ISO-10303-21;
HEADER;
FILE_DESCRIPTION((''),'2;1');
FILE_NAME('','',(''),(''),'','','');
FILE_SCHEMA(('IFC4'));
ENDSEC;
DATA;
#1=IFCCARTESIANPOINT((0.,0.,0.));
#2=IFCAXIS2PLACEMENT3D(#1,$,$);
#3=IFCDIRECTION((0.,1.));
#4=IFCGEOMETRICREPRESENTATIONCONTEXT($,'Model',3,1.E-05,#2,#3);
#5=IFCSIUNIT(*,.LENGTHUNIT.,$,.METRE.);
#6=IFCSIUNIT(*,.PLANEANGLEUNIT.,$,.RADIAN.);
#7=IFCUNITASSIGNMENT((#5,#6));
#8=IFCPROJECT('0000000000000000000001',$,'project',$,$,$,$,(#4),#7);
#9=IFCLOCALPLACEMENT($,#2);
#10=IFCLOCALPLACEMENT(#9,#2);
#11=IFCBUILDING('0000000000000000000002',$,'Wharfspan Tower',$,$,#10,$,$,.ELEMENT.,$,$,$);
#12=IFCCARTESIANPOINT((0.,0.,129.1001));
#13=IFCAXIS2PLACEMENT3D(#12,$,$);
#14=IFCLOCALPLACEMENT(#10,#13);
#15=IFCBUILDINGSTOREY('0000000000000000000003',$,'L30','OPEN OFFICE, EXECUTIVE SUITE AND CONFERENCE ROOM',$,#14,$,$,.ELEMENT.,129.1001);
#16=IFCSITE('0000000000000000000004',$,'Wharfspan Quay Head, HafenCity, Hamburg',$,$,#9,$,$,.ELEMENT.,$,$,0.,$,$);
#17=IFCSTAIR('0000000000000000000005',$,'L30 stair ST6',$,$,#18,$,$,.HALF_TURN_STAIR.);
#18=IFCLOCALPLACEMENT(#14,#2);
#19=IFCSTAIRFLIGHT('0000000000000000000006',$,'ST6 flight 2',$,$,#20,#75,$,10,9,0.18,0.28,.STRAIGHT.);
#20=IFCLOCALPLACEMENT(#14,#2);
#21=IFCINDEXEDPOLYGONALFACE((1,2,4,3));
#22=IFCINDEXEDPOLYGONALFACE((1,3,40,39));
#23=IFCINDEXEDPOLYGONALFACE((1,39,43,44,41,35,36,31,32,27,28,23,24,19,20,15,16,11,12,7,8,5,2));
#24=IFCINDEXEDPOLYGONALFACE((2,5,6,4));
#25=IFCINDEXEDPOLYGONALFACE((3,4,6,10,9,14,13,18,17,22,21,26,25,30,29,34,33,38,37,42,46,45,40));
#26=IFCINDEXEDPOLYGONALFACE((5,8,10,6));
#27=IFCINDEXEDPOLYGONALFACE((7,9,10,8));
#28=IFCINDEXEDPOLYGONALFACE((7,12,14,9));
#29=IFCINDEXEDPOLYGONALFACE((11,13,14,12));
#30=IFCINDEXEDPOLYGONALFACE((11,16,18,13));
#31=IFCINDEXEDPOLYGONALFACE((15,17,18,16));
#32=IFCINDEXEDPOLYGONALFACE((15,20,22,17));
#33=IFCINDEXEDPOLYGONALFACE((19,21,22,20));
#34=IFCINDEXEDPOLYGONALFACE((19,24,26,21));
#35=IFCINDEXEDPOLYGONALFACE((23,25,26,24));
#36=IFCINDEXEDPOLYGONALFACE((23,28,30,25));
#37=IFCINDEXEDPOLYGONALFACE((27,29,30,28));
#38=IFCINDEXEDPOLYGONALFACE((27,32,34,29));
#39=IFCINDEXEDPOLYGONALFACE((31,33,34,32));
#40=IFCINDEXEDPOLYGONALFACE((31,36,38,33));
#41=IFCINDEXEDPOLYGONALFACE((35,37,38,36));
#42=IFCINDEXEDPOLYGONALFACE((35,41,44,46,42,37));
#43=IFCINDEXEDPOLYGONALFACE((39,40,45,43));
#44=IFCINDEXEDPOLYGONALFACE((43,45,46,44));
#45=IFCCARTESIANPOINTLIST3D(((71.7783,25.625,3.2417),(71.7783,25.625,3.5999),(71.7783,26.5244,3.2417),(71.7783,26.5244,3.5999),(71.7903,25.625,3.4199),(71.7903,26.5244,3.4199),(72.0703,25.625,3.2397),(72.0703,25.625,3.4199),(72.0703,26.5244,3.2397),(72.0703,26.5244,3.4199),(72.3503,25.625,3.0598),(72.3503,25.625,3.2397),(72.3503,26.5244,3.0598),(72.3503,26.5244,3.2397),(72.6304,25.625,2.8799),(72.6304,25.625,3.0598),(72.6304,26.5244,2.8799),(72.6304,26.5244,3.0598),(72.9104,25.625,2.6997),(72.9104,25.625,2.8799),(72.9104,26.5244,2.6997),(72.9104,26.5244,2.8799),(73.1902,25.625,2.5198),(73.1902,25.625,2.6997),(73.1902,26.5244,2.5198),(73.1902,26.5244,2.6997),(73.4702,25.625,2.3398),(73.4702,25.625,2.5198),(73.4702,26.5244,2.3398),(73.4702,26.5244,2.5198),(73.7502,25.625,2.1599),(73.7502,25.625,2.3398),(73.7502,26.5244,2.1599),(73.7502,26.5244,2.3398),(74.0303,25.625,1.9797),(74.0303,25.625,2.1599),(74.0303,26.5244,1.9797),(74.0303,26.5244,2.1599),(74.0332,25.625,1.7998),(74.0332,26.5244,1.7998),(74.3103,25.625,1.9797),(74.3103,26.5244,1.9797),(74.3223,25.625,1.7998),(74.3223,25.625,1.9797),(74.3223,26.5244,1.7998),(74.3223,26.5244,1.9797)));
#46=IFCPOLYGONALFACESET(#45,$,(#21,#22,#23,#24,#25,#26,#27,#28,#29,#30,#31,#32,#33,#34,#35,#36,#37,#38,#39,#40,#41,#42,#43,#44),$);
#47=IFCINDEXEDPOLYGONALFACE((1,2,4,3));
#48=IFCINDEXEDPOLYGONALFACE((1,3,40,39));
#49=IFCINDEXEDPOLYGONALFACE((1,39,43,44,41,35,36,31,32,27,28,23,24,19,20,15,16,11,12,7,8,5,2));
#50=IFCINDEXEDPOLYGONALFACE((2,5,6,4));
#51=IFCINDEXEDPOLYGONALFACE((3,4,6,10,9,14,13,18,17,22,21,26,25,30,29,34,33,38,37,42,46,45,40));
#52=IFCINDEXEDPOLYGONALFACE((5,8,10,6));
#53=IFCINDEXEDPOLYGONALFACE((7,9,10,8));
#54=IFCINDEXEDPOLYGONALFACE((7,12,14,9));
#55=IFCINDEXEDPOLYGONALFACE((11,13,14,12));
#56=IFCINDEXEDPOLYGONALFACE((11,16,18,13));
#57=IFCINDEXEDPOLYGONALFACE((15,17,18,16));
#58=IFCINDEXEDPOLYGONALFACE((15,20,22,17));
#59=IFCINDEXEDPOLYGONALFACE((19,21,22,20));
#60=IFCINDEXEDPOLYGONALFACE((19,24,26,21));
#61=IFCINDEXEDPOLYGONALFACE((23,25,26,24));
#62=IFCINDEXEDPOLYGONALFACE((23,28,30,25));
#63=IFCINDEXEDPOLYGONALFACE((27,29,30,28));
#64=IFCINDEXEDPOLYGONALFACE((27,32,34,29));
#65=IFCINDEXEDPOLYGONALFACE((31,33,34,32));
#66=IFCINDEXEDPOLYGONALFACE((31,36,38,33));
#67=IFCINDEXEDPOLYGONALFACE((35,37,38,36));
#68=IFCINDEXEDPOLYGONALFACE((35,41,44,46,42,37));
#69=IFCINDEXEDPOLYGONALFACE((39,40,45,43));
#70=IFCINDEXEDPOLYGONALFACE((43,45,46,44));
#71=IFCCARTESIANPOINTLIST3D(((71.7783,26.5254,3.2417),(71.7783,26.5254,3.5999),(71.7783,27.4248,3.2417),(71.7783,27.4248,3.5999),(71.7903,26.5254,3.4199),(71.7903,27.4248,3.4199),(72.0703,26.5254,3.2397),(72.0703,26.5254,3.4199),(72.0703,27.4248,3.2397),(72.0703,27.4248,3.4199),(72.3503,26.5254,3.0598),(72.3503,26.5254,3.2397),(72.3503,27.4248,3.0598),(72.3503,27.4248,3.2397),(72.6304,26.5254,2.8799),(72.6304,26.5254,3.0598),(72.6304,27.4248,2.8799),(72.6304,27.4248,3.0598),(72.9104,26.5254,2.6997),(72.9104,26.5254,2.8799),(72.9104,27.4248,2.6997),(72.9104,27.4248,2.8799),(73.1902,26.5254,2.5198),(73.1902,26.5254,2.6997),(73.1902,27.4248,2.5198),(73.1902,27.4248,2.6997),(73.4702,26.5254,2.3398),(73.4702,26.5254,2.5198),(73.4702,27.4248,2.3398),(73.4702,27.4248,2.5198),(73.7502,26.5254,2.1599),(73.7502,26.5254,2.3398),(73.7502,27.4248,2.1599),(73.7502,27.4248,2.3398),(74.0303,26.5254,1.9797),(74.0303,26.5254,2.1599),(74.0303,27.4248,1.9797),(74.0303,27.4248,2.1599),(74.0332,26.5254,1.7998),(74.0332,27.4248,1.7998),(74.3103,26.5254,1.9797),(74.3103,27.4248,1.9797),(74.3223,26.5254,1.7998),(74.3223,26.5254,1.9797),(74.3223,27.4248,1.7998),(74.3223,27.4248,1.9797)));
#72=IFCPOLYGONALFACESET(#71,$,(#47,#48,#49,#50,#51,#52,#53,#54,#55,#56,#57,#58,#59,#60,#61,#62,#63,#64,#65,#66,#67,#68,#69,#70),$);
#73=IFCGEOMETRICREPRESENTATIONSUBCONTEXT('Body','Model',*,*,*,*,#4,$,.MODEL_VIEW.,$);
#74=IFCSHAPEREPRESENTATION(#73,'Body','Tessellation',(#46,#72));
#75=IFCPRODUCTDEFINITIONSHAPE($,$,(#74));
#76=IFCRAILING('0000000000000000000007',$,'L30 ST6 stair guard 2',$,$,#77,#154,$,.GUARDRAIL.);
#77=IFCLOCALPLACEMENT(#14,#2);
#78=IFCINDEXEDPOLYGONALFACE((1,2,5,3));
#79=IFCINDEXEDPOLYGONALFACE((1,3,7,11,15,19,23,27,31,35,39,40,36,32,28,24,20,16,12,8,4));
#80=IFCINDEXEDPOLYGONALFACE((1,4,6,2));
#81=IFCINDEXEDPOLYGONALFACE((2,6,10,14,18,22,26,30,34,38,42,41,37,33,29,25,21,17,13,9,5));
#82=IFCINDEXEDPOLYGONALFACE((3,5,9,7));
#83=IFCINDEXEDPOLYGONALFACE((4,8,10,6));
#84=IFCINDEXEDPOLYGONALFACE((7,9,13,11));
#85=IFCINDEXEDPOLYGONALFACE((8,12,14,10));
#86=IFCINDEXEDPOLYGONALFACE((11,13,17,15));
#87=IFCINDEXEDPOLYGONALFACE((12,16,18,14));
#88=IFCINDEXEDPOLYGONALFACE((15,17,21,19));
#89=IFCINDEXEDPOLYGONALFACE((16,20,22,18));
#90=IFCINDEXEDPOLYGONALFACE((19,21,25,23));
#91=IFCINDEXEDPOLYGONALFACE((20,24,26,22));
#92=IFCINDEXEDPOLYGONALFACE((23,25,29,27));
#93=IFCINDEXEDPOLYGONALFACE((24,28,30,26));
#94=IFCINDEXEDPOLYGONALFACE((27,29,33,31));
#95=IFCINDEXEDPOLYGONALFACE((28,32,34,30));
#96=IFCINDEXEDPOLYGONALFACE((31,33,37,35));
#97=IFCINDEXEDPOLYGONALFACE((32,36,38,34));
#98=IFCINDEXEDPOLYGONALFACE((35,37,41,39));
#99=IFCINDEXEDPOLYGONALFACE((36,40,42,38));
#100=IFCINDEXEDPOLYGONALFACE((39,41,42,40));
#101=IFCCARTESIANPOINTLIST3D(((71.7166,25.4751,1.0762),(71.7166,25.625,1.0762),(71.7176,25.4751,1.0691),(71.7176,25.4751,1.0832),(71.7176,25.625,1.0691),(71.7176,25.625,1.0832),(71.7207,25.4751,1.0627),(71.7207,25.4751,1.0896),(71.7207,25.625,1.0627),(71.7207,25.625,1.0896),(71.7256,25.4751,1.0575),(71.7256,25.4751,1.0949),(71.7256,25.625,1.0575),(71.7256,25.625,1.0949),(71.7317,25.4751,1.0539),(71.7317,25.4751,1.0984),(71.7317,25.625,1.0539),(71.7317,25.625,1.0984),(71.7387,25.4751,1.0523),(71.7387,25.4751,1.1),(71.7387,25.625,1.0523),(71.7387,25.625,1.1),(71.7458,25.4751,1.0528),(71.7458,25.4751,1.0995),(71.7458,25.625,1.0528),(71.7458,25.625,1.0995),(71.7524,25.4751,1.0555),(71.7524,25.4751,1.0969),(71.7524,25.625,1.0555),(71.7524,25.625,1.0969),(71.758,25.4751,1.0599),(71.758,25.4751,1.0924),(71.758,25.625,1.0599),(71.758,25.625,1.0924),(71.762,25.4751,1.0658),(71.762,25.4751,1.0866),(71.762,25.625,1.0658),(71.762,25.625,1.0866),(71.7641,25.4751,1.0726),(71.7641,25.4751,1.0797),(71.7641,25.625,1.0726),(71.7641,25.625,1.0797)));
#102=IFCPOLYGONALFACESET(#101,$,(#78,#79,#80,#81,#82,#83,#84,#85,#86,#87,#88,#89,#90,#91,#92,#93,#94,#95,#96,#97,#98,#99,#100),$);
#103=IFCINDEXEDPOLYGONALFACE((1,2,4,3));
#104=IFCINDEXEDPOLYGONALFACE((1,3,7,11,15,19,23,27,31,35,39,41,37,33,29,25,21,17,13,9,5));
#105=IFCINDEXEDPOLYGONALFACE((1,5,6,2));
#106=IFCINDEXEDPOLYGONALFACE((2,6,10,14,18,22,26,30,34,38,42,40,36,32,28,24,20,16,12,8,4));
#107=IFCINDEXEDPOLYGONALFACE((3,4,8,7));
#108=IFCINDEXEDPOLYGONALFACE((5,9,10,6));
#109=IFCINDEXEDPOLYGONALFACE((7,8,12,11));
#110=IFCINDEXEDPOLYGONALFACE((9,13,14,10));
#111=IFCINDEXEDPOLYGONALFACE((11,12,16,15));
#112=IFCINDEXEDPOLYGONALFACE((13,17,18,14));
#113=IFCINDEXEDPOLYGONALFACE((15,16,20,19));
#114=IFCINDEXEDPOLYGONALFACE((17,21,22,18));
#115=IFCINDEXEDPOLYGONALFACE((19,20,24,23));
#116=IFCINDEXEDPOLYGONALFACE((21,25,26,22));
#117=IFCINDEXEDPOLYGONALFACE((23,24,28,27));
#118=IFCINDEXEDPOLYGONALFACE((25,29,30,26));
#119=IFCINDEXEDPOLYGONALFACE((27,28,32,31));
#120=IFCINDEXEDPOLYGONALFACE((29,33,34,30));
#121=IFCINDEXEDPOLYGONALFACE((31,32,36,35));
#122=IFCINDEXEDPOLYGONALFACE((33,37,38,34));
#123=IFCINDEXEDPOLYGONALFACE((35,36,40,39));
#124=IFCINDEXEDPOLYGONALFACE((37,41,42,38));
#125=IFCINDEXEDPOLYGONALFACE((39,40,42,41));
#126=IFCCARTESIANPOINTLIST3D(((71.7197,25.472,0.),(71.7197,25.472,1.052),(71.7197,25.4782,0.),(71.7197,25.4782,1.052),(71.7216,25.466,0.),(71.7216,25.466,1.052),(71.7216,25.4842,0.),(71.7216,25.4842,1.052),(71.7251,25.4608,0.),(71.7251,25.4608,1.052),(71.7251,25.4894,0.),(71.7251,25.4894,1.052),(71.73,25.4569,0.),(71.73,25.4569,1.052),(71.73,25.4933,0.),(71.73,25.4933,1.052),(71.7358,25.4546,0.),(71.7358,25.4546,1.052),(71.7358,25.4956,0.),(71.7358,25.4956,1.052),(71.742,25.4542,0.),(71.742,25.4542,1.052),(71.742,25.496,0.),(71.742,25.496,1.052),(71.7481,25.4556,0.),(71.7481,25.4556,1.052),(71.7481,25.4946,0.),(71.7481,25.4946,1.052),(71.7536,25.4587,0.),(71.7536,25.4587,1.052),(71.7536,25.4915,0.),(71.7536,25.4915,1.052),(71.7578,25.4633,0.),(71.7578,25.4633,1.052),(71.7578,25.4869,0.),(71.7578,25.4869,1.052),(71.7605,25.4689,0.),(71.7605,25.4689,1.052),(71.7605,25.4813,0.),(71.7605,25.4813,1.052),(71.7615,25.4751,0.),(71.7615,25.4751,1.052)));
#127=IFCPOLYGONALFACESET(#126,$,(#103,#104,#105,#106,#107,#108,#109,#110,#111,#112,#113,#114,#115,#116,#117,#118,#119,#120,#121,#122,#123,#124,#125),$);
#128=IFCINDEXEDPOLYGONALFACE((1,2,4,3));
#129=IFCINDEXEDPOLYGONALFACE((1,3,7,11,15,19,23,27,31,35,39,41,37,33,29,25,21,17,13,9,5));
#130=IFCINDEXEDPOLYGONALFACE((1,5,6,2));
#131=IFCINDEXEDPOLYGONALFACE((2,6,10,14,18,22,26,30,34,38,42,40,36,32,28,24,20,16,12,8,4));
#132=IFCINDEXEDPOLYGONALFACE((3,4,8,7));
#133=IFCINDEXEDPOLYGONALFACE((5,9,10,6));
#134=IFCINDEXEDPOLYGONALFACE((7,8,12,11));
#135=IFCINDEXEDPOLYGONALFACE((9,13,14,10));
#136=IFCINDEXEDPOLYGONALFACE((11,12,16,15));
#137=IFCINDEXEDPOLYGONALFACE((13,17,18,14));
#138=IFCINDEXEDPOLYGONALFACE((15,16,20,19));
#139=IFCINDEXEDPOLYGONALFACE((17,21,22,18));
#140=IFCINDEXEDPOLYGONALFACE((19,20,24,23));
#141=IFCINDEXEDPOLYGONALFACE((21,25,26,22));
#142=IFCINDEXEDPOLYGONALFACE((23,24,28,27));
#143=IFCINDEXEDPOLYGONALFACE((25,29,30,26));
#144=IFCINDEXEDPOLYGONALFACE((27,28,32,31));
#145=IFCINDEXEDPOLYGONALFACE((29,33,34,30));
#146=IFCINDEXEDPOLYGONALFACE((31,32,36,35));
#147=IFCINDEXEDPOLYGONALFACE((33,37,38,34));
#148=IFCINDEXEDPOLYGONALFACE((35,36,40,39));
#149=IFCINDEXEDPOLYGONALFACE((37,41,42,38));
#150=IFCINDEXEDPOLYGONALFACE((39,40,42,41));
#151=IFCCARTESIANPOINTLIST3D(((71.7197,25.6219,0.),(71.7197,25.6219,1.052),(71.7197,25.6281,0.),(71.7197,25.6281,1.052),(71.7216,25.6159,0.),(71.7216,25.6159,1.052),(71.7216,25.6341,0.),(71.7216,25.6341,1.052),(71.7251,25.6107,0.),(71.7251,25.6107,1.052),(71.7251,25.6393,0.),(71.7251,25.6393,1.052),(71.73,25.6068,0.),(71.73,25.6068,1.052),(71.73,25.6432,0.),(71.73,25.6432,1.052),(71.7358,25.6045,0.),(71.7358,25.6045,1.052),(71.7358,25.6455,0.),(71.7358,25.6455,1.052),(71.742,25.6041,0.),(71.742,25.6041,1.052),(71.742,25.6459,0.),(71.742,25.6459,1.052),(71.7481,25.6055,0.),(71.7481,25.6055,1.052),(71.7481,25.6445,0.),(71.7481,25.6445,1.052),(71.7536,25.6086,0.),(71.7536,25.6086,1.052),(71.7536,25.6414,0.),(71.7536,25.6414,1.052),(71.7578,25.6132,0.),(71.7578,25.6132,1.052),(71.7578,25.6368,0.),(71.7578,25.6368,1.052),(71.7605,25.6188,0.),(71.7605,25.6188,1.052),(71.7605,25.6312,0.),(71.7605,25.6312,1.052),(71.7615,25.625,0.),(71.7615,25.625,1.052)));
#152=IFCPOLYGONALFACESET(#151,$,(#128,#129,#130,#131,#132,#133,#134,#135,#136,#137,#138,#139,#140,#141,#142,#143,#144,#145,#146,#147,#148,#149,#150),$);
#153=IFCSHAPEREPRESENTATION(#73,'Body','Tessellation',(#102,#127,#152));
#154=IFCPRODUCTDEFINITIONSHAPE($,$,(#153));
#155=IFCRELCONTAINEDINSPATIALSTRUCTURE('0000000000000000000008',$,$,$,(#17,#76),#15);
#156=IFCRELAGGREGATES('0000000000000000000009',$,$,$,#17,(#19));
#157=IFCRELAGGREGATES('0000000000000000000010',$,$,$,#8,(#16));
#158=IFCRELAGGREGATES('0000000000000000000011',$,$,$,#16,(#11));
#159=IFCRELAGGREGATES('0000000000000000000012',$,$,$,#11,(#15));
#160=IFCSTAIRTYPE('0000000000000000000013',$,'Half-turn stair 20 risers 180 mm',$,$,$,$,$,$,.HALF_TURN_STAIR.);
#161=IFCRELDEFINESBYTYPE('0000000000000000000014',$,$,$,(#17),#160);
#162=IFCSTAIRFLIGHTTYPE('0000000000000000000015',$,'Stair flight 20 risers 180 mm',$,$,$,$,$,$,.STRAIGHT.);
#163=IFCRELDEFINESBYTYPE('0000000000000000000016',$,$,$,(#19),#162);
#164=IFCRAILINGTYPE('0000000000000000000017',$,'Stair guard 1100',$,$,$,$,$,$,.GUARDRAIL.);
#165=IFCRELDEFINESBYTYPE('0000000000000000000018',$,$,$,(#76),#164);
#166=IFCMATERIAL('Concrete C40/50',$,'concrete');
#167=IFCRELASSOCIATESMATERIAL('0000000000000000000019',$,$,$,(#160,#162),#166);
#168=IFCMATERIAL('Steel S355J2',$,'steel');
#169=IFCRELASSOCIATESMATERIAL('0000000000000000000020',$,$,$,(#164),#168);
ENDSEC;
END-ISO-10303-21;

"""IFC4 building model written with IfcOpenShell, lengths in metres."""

from ifc_helpers import new_model, si_unit, direction, frame, origin, origin_2d, place, context, subcontext, project, spatial, polyline, circle, outline, extrude, material, type_object, element, aggregate, save


model = new_model("IFC4")

# Units and contexts
model_context = context("Model", 3, precision=1e-05, world=origin(), true_north=direction((0.0, 1.0)))
body_context = subcontext(model_context, "Body", "Model", "MODEL_VIEW")
ifc_project = project(units=[si_unit("LENGTHUNIT", "METRE"), si_unit("PLANEANGLEUNIT", "RADIAN")], contexts=[model_context])

# Site, building, storey
site_placement = place(None, origin())
site = spatial("IfcSite", under=ifc_project, at=site_placement, Name="Wharfspan Quay Head, HafenCity, Hamburg", CompositionType="ELEMENT", RefElevation=0.0)
building_placement = place(site_placement, origin())
building = spatial("IfcBuilding", under=site, at=building_placement, Name="Wharfspan Tower", CompositionType="ELEMENT")
storey_placement = place(building_placement, frame((0.0, 0.0, 129.1001)))
storey = spatial("IfcBuildingStorey", under=building, at=storey_placement, Name="L30", Description="OPEN OFFICE, EXECUTIVE SUITE AND CONFERENCE ROOM", CompositionType="ELEMENT", Elevation=129.1001)

# Shared definitions
ifc_material_1 = material(Name="Steel S355J2", Category="steel")

# Shared definitions
ifc_material_2 = material(Name="Concrete C40/50", Category="concrete")

# Stair, stair flight
stair_type = type_object("IfcStairType", Name="Half-turn stair 20 risers 180 mm", PredefinedType="HALF_TURN_STAIR", material=ifc_material_2)
stair_placement = place(storey_placement, origin())
stair = element("IfcStair", 1, at=stair_placement, inside=storey, type_object=stair_type, Name="L30 stair ST6", PredefinedType="HALF_TURN_STAIR")
stair_flight_type = type_object("IfcStairFlightType", Name="Stair flight 20 risers 180 mm", PredefinedType="STRAIGHT", material=ifc_material_2)
stair_flight_1_placement = place(storey_placement, frame((74.3103, 26.5249, 1.7998), z_axis=(0.0, 0.0, 1.0), x_axis=(-1.0, 0.0, 0.0)))
stair_flight_1 = element("IfcStairFlight", 2, at=stair_flight_1_placement, type_object=stair_flight_type, Name="ST6 flight 2", NumberOfRisers=10, NumberOfTreads=9, PredefinedType="STRAIGHT", RiserHeight=0.18, TreadLength=0.28, context=body_context, shape_type="SweptSolid", body=[
    extrude(outline(polyline([(-0.012, 0.0), (-0.012, 0.1799), (0.0, 0.1799), (0.28, 0.1799), (0.28, 0.3601), (0.5601, 0.3601), (0.5601, 0.54), (0.8401, 0.54), (0.8401, 0.72), (1.1201, 0.72), (1.1201, 0.8999), (1.3999, 0.8999), (1.3999, 1.0801), (1.6799, 1.0801), (1.6799, 1.26), (1.96, 1.26), (1.96, 1.4399), (2.24, 1.4399), (2.24, 1.6201), (2.52, 1.6201), (2.532, 1.8), (2.532, 1.4419), (0.2771, 0.0), (-0.012, 0.0)])), frame((0.0, 0.8999, 0.0), z_axis=(0.0, -1.0, 0.0), x_axis=(1.0, 0.0, 0.0)), (0.0, 0.0, 1.0), 0.8994),
    extrude(outline(polyline([(-0.012, 0.0), (-0.012, 0.1799), (0.0, 0.1799), (0.28, 0.1799), (0.28, 0.3601), (0.5601, 0.3601), (0.5601, 0.54), (0.8401, 0.54), (0.8401, 0.72), (1.1201, 0.72), (1.1201, 0.8999), (1.3999, 0.8999), (1.3999, 1.0801), (1.6799, 1.0801), (1.6799, 1.26), (1.96, 1.26), (1.96, 1.4399), (2.24, 1.4399), (2.24, 1.6201), (2.52, 1.6201), (2.532, 1.8), (2.532, 1.4419), (0.2771, 0.0), (-0.012, 0.0)])), frame((0.0, -0.0005, 0.0), z_axis=(0.0, -1.0, 0.0), x_axis=(1.0, 0.0, 0.0)), (0.0, 0.0, 1.0), 0.8994),
])
aggregate(stair, [stair_flight_1])

# Railing
railing_type_1 = type_object("IfcRailingType", Name="Stair guard 1100", PredefinedType="GUARDRAIL", material=ifc_material_1)
railing_1_placement = place(storey_placement, frame((71.7405, 25.4751, 0.0)))
element("IfcRailing", 3, at=railing_1_placement, inside=storey, type_object=railing_type_1, Name="L30 ST6 stair guard 2", PredefinedType="GUARDRAIL", context=body_context, shape_type="SweptSolid", body=[
    extrude(circle(Radius=0.0239, at=origin_2d()), frame((0.0, 0.0, 1.0762), z_axis=(0.0, 1.0, 0.0), x_axis=(-1.0, 0.0, 0.0)), (0.0, 0.0, 1.0), 0.1499),
    extrude(circle(Radius=0.021, at=origin_2d()), origin(), (0.0, 0.0, 1.0), 1.052),
    extrude(circle(Radius=0.021, at=origin_2d()), frame((0.0, 0.1499, 0.0)), (0.0, 0.0, 1.0), 1.052),
])

save(model, "model.ifc")
